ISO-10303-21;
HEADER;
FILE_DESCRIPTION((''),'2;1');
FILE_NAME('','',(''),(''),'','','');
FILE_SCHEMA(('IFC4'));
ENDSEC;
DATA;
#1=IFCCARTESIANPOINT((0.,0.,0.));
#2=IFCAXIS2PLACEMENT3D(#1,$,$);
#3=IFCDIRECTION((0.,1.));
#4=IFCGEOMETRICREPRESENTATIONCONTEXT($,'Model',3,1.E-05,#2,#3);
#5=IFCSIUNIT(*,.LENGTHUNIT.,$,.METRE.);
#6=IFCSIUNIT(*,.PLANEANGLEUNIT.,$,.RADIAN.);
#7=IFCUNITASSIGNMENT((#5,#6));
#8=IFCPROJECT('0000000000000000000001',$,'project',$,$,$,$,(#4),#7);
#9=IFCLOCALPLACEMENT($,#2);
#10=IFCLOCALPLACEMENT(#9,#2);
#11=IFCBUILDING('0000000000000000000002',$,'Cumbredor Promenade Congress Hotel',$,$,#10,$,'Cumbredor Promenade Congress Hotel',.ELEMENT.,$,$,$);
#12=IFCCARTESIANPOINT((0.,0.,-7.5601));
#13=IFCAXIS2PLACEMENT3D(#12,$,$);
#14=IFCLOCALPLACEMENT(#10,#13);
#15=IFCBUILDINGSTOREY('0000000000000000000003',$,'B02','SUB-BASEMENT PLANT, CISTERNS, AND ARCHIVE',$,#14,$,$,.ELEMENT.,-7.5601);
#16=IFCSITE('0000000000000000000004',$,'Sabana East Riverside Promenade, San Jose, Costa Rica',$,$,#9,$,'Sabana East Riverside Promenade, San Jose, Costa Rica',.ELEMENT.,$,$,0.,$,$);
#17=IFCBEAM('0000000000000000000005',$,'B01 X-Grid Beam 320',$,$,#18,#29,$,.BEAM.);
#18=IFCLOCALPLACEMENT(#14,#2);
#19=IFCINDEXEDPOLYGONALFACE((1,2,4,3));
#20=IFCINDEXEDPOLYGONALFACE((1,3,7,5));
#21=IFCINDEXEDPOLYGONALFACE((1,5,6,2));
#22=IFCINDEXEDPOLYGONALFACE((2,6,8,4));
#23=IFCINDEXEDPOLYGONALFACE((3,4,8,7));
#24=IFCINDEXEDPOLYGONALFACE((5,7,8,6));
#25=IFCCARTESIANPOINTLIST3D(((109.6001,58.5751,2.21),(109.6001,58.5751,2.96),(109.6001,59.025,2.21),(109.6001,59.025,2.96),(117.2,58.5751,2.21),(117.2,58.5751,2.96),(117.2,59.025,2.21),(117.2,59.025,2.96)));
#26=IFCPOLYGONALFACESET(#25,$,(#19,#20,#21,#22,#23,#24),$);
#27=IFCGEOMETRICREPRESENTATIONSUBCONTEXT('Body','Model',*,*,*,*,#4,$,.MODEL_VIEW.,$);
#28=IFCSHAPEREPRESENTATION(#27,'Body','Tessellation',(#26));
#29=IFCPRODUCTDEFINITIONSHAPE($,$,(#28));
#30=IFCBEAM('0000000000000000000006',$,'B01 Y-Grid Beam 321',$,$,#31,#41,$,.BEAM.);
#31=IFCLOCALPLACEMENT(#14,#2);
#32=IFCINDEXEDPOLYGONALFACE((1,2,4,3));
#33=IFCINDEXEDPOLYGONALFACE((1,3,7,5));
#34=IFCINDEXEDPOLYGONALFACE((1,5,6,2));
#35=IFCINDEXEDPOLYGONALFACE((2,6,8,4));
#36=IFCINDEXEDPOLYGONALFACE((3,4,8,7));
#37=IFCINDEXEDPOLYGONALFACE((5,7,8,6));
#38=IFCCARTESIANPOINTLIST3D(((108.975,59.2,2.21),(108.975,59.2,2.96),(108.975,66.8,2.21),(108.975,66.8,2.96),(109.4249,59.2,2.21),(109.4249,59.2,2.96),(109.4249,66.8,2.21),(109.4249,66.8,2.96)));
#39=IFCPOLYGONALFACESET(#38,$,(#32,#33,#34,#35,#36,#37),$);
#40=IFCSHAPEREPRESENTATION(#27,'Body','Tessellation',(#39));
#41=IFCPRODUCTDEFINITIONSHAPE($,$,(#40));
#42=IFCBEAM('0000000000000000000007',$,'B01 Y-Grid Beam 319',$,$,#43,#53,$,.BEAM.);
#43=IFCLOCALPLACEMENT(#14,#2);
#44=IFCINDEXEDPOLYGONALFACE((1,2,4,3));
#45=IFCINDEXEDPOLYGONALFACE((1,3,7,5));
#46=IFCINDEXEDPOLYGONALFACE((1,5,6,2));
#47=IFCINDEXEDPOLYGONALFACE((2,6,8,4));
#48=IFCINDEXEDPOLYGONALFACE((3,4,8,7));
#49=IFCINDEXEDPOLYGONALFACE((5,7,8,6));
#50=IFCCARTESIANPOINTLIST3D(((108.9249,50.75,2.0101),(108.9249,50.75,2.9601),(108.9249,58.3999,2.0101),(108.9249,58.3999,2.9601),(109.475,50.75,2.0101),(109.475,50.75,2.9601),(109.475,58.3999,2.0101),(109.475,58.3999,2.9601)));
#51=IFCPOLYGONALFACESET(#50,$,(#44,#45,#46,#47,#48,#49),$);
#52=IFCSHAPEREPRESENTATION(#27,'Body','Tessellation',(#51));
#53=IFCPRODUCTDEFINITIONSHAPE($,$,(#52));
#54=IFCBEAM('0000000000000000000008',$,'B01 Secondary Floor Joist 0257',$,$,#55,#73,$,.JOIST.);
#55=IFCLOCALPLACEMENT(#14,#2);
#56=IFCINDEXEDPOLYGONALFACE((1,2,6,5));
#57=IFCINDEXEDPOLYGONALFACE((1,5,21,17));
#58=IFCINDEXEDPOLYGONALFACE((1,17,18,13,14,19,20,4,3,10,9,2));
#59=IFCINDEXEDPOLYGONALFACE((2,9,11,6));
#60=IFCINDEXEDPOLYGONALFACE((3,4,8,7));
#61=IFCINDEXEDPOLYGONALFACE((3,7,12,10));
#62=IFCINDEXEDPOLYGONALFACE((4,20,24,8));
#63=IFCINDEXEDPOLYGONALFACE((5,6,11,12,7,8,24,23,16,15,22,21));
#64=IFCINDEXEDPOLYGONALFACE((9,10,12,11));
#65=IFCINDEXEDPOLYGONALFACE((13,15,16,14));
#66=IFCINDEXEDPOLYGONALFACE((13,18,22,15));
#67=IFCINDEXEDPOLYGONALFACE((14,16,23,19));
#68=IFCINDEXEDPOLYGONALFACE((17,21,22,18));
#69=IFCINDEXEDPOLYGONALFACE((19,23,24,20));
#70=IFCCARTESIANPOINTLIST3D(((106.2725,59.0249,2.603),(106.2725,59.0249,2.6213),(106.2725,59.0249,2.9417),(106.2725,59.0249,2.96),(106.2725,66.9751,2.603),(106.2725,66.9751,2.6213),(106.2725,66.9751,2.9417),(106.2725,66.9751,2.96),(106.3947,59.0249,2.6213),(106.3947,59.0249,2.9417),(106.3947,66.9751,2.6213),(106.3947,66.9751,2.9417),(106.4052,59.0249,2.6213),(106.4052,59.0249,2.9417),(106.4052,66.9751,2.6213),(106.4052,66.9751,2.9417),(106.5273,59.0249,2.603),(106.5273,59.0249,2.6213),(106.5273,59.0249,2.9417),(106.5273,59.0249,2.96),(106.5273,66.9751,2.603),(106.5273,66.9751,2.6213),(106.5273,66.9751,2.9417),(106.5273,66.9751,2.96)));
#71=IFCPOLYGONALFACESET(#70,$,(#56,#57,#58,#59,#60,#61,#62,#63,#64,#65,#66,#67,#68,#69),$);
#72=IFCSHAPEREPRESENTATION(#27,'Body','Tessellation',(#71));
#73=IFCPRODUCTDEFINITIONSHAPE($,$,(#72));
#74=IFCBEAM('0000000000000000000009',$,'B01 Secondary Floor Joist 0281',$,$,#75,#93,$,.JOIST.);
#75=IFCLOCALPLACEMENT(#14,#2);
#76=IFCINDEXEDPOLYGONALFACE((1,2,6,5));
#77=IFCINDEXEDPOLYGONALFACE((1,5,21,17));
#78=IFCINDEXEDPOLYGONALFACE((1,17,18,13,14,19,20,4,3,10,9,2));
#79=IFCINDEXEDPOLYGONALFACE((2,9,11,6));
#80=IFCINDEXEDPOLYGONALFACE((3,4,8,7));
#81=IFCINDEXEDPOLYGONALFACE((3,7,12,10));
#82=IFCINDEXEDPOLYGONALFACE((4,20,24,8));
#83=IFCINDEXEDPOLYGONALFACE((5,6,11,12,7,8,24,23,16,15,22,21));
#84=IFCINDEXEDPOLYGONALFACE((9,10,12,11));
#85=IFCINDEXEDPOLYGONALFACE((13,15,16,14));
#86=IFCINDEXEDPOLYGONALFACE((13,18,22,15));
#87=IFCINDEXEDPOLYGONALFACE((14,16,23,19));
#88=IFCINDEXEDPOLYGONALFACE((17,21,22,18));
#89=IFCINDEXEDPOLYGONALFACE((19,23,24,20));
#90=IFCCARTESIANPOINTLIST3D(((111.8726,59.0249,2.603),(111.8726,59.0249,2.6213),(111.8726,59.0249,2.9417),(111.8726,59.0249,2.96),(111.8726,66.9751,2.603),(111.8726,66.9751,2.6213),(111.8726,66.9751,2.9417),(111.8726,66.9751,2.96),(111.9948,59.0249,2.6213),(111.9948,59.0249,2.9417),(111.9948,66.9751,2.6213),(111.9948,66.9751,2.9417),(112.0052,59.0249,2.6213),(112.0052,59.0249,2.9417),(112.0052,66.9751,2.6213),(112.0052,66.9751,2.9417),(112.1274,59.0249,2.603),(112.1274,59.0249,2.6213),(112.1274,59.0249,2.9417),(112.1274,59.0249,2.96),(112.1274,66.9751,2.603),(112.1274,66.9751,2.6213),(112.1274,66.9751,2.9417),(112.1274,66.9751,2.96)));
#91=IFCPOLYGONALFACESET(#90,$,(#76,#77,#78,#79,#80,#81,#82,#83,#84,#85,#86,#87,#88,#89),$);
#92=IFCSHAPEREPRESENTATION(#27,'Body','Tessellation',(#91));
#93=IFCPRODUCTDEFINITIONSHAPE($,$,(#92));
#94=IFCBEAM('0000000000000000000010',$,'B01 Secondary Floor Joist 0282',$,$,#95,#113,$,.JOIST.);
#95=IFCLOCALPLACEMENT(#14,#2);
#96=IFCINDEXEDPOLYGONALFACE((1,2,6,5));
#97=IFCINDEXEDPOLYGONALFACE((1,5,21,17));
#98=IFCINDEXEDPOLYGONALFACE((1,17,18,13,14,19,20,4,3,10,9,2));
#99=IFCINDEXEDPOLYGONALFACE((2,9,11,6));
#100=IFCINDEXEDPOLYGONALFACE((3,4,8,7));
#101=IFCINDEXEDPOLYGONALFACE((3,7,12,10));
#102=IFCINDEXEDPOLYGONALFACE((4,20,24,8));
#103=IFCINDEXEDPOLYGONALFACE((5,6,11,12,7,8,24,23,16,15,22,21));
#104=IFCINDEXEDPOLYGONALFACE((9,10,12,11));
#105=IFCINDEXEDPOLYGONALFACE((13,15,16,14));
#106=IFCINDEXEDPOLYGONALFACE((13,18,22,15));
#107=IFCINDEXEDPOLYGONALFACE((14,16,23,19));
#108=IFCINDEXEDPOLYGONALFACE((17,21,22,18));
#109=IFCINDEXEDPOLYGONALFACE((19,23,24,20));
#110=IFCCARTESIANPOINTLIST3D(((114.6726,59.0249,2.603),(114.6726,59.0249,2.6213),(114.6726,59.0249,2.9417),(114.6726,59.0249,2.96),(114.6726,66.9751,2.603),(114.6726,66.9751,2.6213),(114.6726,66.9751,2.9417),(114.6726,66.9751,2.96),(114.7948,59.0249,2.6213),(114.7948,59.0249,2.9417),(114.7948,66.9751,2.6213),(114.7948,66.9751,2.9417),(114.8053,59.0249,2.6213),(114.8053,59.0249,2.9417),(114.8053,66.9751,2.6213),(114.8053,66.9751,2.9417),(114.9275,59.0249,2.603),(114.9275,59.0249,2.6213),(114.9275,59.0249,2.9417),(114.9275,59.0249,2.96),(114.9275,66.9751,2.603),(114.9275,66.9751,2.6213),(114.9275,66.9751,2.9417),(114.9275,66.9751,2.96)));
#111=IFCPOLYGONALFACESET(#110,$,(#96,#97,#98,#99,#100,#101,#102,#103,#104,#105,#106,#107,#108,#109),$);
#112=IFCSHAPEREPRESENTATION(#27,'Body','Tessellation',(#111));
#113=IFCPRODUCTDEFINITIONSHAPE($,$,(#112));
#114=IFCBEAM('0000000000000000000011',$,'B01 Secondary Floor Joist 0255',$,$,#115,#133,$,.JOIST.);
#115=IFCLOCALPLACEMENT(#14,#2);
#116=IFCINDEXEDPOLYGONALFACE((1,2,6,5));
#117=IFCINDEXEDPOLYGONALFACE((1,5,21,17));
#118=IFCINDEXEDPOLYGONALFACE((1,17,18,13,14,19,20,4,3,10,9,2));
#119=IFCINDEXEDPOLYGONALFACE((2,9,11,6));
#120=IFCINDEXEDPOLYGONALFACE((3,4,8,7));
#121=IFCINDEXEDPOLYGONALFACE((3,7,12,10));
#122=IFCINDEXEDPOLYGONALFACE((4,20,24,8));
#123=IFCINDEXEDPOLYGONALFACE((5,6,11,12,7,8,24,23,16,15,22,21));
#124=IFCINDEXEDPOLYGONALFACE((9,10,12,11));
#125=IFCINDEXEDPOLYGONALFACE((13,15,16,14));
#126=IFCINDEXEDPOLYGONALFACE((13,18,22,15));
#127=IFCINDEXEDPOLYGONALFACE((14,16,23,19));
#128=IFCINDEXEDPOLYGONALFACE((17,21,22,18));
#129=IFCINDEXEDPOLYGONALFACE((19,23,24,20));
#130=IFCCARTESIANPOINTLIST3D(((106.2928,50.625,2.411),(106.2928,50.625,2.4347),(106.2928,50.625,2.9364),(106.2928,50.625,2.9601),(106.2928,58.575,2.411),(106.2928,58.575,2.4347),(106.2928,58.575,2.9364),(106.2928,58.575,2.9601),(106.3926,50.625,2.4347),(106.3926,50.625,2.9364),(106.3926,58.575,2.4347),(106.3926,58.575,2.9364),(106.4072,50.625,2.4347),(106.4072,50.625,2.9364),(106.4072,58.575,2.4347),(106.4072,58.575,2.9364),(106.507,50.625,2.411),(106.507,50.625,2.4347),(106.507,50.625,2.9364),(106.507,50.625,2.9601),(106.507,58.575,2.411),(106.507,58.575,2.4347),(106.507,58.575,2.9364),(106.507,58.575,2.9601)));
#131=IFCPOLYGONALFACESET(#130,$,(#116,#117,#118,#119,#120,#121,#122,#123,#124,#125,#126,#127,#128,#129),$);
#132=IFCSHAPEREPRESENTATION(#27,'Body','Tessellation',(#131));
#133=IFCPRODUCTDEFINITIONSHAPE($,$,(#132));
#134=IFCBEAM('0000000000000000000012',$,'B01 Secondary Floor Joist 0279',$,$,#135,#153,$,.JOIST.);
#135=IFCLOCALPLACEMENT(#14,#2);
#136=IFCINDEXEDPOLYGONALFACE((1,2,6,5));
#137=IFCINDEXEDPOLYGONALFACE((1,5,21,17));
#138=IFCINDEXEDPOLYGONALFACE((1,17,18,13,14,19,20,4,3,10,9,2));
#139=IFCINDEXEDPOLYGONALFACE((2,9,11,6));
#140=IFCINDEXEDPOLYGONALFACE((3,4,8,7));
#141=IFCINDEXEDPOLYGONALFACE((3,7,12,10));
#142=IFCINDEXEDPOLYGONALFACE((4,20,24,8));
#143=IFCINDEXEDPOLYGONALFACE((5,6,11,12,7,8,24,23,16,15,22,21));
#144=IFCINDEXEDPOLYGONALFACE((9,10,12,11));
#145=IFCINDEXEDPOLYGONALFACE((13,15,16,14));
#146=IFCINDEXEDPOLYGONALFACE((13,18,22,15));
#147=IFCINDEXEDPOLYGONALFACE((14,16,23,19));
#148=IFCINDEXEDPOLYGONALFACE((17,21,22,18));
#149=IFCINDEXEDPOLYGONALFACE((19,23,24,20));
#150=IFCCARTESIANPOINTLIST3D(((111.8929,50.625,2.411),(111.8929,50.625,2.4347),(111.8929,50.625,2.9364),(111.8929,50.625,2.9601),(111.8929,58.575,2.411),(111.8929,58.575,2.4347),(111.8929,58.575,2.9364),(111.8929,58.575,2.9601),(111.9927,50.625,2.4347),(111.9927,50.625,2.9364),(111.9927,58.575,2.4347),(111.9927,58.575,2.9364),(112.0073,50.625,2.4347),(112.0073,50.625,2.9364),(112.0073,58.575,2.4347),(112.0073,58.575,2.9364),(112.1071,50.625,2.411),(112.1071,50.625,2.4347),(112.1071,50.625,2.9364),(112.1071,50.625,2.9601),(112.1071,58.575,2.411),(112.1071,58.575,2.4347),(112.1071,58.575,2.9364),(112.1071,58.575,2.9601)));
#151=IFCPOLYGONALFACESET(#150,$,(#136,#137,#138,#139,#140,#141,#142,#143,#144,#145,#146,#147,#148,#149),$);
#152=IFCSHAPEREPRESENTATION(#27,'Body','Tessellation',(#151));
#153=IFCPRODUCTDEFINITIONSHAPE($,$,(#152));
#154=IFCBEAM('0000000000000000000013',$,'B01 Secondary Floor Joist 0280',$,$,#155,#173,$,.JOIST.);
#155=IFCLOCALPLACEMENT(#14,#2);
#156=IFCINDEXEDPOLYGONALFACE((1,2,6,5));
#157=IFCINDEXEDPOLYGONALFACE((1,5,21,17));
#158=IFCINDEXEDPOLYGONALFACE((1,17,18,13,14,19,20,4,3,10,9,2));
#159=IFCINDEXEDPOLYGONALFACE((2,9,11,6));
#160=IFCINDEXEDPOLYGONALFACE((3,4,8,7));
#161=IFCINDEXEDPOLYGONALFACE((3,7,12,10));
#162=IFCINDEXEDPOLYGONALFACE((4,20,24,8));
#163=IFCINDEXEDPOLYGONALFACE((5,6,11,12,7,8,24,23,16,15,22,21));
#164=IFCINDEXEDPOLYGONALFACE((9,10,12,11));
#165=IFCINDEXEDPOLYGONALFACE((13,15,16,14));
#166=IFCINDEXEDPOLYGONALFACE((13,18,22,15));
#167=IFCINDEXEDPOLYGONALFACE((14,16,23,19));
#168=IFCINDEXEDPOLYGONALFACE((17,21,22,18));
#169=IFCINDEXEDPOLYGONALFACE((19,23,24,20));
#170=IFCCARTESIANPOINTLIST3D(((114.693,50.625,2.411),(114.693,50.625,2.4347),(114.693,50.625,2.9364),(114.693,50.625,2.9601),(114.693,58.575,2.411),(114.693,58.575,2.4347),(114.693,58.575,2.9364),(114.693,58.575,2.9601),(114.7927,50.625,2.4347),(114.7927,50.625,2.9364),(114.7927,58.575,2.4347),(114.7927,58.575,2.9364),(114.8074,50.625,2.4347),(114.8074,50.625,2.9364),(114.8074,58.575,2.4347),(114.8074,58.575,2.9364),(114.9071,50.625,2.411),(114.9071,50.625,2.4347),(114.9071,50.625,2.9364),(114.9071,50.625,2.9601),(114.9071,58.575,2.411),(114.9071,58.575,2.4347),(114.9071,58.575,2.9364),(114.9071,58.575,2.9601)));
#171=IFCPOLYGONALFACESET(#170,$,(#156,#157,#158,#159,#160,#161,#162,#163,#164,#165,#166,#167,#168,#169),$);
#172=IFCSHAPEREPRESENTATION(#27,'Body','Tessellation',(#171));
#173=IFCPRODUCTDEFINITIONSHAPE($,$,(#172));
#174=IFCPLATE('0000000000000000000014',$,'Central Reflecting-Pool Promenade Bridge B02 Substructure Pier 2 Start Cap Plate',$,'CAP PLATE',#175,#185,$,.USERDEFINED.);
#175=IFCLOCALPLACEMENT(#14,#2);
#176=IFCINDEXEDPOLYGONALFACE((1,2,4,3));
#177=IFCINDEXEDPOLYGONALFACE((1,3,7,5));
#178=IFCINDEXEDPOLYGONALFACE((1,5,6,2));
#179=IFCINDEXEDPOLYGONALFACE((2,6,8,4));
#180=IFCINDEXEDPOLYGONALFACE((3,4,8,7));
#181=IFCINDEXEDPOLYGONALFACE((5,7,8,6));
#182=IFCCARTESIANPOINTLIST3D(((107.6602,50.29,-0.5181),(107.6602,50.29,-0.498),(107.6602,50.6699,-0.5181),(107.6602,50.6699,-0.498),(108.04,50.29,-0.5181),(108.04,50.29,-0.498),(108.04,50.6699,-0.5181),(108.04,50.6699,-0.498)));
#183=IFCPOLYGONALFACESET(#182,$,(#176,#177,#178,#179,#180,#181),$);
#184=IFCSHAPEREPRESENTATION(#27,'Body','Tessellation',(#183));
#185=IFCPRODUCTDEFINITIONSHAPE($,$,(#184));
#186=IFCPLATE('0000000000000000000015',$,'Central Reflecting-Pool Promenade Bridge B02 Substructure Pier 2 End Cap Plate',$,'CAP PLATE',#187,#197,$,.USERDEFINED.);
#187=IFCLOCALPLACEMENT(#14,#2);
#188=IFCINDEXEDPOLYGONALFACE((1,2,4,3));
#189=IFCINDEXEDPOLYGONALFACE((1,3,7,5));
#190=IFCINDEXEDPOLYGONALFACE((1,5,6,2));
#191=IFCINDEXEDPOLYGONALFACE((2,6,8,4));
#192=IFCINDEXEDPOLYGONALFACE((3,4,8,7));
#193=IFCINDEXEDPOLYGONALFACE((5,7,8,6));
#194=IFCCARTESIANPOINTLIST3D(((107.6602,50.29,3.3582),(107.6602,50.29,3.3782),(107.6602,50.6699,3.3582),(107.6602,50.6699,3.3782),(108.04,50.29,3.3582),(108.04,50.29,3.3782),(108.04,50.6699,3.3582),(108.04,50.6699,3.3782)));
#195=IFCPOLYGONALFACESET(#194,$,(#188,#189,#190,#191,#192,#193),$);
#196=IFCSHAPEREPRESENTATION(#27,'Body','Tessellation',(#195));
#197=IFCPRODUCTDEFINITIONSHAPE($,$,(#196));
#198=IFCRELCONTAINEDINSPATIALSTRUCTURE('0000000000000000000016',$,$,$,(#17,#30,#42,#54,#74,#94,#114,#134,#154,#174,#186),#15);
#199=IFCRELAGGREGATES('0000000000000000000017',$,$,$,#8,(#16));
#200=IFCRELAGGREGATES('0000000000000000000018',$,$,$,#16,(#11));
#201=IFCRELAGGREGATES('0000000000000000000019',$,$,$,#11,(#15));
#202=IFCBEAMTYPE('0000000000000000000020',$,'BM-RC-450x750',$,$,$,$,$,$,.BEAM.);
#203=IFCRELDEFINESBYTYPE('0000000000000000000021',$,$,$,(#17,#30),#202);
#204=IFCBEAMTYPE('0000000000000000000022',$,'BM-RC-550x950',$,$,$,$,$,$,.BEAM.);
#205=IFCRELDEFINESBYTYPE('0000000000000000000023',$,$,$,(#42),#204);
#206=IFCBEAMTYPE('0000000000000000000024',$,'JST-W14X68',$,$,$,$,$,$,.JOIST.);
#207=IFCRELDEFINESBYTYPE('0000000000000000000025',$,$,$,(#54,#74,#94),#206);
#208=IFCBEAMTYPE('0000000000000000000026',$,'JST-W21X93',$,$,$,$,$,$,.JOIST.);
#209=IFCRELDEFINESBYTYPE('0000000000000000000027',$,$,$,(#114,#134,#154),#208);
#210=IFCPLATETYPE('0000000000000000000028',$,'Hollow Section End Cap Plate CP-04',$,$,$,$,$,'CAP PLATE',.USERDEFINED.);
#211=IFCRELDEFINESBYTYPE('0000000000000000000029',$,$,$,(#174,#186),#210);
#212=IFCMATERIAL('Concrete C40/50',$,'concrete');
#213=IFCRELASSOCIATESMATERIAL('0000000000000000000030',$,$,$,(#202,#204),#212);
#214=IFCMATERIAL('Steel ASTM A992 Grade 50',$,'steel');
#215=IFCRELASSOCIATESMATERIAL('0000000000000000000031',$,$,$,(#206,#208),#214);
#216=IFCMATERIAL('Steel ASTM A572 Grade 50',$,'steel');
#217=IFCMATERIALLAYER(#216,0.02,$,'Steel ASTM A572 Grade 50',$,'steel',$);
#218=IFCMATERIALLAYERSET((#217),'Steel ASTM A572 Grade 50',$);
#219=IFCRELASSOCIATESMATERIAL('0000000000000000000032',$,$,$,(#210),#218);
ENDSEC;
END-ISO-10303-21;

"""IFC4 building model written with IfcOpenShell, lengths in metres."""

from ifc_helpers import new_model, si_unit, direction, frame, origin, origin_2d, place, context, subcontext, project, spatial, rectangle, i_section, extrude, material, layer, layer_set, material_profile, profile_set, type_object, element, save


model = new_model("IFC4")

# Units and contexts
model_context = context("Model", 3, precision=1e-05, world=origin(), true_north=direction((0.0, 1.0)))
body_context = subcontext(model_context, "Body", "Model", "MODEL_VIEW")
ifc_project = project(units=[si_unit("LENGTHUNIT", "METRE"), si_unit("PLANEANGLEUNIT", "RADIAN")], contexts=[model_context])

# Site, building, storey
site_placement = place(None, origin())
site = spatial("IfcSite", under=ifc_project, at=site_placement, Name="Sabana East Riverside Promenade, San Jose, Costa Rica", LongName="Sabana East Riverside Promenade, San Jose, Costa Rica", CompositionType="ELEMENT", RefElevation=0.0)
building_placement = place(site_placement, origin())
building = spatial("IfcBuilding", under=site, at=building_placement, Name="Cumbredor Promenade Congress Hotel", LongName="Cumbredor Promenade Congress Hotel", CompositionType="ELEMENT")
storey_placement = place(building_placement, frame((0.0, 0.0, -7.5601)))
storey = spatial("IfcBuildingStorey", under=building, at=storey_placement, Name="B02", Description="SUB-BASEMENT PLANT, CISTERNS, AND ARCHIVE", CompositionType="ELEMENT", Elevation=-7.5601)

# Shared definitions
ifc_material_1 = material(Name="Concrete C40/50", Category="concrete")

# Beams
ifc_material_profile_1 = material_profile(ifc_material_1, rectangle(XDim=0.45, YDim=0.75, at=origin_2d()), Name="RC BEAM 450x750")
ifc_profile_set_1 = profile_set([ifc_material_profile_1], Name="Concrete C40/50")
beam_type_1 = type_object("IfcBeamType", Name="BM-RC-450x750", PredefinedType="BEAM", material=ifc_profile_set_1)
beam_1_placement = place(storey_placement, frame((109.6001, 58.8, 2.585), z_axis=(1.0, 0.0, 0.0), x_axis=(0.0, 1.0, 0.0)))
element("IfcBeam", 1, at=beam_1_placement, inside=storey, type_object=beam_type_1, Name="B01 X-Grid Beam 320", PredefinedType="BEAM", context=body_context, shape_type="SweptSolid", body=[
    extrude(rectangle(XDim=0.45, YDim=0.75, at=origin_2d()), origin(), (0.0, 0.0, 1.0), 7.5999),
])
beam_2_placement = place(storey_placement, frame((109.2, 59.2, 2.585), z_axis=(0.0, 1.0, 0.0), x_axis=(-1.0, 0.0, 0.0)))
element("IfcBeam", 2, at=beam_2_placement, inside=storey, type_object=beam_type_1, Name="B01 Y-Grid Beam 321", PredefinedType="BEAM", context=body_context, shape_type="SweptSolid", body=[
    extrude(rectangle(XDim=0.45, YDim=0.75, at=origin_2d()), origin(), (0.0, 0.0, 1.0), 7.6001),
])
ifc_material_profile_2 = material_profile(ifc_material_1, rectangle(XDim=0.55, YDim=0.95, at=origin_2d()), Name="RC BEAM 550x950")
ifc_profile_set_2 = profile_set([ifc_material_profile_2], Name="Concrete C40/50")
beam_type_2 = type_object("IfcBeamType", Name="BM-RC-550x950", PredefinedType="BEAM", material=ifc_profile_set_2)
beam_3_placement = place(storey_placement, frame((109.2, 50.75, 2.4851), z_axis=(0.0, 1.0, 0.0), x_axis=(-1.0, 0.0, 0.0)))
element("IfcBeam", 3, at=beam_3_placement, inside=storey, type_object=beam_type_2, Name="B01 Y-Grid Beam 319", PredefinedType="BEAM", context=body_context, shape_type="SweptSolid", body=[
    extrude(rectangle(XDim=0.55, YDim=0.95, at=origin_2d()), origin(), (0.0, 0.0, 1.0), 7.6499),
])
ifc_material_2 = material(Name="Steel ASTM A992 Grade 50", Category="steel")
ifc_material_profile_3 = material_profile(ifc_material_2, i_section(OverallWidth=0.2549, OverallDepth=0.3569, WebThickness=0.0105, FlangeThickness=0.0183, at=origin_2d()), Name="W14X68")
ifc_profile_set_3 = profile_set([ifc_material_profile_3], Name="Steel ASTM A992 Grade 50")
beam_type_3 = type_object("IfcBeamType", Name="JST-W14X68", PredefinedType="JOIST", material=ifc_profile_set_3)
for number, where, z_axis, x_axis, name in (
    (4, (106.3999, 59.0249, 2.7815), (0.0, 1.0, 0.0), (-1.0, 0.0, 0.0), "B01 Secondary Floor Joist 0257"),
    (5, (112.0, 59.0249, 2.7815), (0.0, 1.0, 0.0), (-1.0, 0.0, 0.0), "B01 Secondary Floor Joist 0281"),
    (6, (114.8, 59.0249, 2.7815), (0.0, 1.0, 0.0), (-1.0, 0.0, 0.0), "B01 Secondary Floor Joist 0282"),
):
    element("IfcBeam", number, at=place(storey_placement, frame(where, z_axis=z_axis, x_axis=x_axis)), inside=storey, type_object=beam_type_3, Name=name, PredefinedType="JOIST", context=body_context, shape_type="SweptSolid", body=[
        extrude(i_section(OverallWidth=0.2549, OverallDepth=0.3569, WebThickness=0.0105, FlangeThickness=0.0183, at=origin_2d()), origin(), (0.0, 0.0, 1.0), 7.9502),
    ])
ifc_material_profile_4 = material_profile(ifc_material_2, i_section(OverallWidth=0.2141, OverallDepth=0.5491, WebThickness=0.0146, FlangeThickness=0.0237, at=origin_2d()), Name="W21X93")
ifc_profile_set_4 = profile_set([ifc_material_profile_4], Name="Steel ASTM A992 Grade 50")
beam_type_4 = type_object("IfcBeamType", Name="JST-W21X93", PredefinedType="JOIST", material=ifc_profile_set_4)
for number, where, z_axis, x_axis, name in (
    (7, (106.3999, 50.625, 2.6855), (0.0, 1.0, 0.0), (-1.0, 0.0, 0.0), "B01 Secondary Floor Joist 0255"),
    (8, (112.0, 50.625, 2.6855), (0.0, 1.0, 0.0), (-1.0, 0.0, 0.0), "B01 Secondary Floor Joist 0279"),
    (9, (114.8, 50.625, 2.6855), (0.0, 1.0, 0.0), (-1.0, 0.0, 0.0), "B01 Secondary Floor Joist 0280"),
):
    element("IfcBeam", number, at=place(storey_placement, frame(where, z_axis=z_axis, x_axis=x_axis)), inside=storey, type_object=beam_type_4, Name=name, PredefinedType="JOIST", context=body_context, shape_type="SweptSolid", body=[
        extrude(i_section(OverallWidth=0.2141, OverallDepth=0.5491, WebThickness=0.0146, FlangeThickness=0.0237, at=origin_2d()), origin(), (0.0, 0.0, 1.0), 7.95),
    ])

# Plates
ifc_material_3 = material(Name="Steel ASTM A572 Grade 50", Category="steel")
ifc_layer = layer(ifc_material_3, 0.02, Name="Steel ASTM A572 Grade 50", Category="steel")
ifc_layer_set = layer_set([ifc_layer], Name="Steel ASTM A572 Grade 50")
plate_type = type_object("IfcPlateType", Name="Hollow Section End Cap Plate CP-04", ElementType="CAP PLATE", PredefinedType="USERDEFINED", material=ifc_layer_set)
for number, where, z_axis, x_axis, name in (
    (10, (107.8501, 50.48, -0.5181), (0.0, 0.0, 1.0), (1.0, 0.0, 0.0), "Central Reflecting-Pool Promenade Bridge B02 Substructure Pier 2 Start Cap Plate"),
    (11, (107.8501, 50.48, 3.3582), (0.0, 0.0, 1.0), (1.0, 0.0, 0.0), "Central Reflecting-Pool Promenade Bridge B02 Substructure Pier 2 End Cap Plate"),
):
    element("IfcPlate", number, at=place(storey_placement, frame(where, z_axis=z_axis, x_axis=x_axis)), inside=storey, type_object=plate_type, Name=name, ObjectType="CAP PLATE", PredefinedType="USERDEFINED", context=body_context, shape_type="SweptSolid", body=[
        extrude(rectangle(XDim=0.3799, YDim=0.3799, at=origin_2d()), origin(), (0.0, 0.0, 1.0), 0.02),
    ])

save(model, "model.ifc")
